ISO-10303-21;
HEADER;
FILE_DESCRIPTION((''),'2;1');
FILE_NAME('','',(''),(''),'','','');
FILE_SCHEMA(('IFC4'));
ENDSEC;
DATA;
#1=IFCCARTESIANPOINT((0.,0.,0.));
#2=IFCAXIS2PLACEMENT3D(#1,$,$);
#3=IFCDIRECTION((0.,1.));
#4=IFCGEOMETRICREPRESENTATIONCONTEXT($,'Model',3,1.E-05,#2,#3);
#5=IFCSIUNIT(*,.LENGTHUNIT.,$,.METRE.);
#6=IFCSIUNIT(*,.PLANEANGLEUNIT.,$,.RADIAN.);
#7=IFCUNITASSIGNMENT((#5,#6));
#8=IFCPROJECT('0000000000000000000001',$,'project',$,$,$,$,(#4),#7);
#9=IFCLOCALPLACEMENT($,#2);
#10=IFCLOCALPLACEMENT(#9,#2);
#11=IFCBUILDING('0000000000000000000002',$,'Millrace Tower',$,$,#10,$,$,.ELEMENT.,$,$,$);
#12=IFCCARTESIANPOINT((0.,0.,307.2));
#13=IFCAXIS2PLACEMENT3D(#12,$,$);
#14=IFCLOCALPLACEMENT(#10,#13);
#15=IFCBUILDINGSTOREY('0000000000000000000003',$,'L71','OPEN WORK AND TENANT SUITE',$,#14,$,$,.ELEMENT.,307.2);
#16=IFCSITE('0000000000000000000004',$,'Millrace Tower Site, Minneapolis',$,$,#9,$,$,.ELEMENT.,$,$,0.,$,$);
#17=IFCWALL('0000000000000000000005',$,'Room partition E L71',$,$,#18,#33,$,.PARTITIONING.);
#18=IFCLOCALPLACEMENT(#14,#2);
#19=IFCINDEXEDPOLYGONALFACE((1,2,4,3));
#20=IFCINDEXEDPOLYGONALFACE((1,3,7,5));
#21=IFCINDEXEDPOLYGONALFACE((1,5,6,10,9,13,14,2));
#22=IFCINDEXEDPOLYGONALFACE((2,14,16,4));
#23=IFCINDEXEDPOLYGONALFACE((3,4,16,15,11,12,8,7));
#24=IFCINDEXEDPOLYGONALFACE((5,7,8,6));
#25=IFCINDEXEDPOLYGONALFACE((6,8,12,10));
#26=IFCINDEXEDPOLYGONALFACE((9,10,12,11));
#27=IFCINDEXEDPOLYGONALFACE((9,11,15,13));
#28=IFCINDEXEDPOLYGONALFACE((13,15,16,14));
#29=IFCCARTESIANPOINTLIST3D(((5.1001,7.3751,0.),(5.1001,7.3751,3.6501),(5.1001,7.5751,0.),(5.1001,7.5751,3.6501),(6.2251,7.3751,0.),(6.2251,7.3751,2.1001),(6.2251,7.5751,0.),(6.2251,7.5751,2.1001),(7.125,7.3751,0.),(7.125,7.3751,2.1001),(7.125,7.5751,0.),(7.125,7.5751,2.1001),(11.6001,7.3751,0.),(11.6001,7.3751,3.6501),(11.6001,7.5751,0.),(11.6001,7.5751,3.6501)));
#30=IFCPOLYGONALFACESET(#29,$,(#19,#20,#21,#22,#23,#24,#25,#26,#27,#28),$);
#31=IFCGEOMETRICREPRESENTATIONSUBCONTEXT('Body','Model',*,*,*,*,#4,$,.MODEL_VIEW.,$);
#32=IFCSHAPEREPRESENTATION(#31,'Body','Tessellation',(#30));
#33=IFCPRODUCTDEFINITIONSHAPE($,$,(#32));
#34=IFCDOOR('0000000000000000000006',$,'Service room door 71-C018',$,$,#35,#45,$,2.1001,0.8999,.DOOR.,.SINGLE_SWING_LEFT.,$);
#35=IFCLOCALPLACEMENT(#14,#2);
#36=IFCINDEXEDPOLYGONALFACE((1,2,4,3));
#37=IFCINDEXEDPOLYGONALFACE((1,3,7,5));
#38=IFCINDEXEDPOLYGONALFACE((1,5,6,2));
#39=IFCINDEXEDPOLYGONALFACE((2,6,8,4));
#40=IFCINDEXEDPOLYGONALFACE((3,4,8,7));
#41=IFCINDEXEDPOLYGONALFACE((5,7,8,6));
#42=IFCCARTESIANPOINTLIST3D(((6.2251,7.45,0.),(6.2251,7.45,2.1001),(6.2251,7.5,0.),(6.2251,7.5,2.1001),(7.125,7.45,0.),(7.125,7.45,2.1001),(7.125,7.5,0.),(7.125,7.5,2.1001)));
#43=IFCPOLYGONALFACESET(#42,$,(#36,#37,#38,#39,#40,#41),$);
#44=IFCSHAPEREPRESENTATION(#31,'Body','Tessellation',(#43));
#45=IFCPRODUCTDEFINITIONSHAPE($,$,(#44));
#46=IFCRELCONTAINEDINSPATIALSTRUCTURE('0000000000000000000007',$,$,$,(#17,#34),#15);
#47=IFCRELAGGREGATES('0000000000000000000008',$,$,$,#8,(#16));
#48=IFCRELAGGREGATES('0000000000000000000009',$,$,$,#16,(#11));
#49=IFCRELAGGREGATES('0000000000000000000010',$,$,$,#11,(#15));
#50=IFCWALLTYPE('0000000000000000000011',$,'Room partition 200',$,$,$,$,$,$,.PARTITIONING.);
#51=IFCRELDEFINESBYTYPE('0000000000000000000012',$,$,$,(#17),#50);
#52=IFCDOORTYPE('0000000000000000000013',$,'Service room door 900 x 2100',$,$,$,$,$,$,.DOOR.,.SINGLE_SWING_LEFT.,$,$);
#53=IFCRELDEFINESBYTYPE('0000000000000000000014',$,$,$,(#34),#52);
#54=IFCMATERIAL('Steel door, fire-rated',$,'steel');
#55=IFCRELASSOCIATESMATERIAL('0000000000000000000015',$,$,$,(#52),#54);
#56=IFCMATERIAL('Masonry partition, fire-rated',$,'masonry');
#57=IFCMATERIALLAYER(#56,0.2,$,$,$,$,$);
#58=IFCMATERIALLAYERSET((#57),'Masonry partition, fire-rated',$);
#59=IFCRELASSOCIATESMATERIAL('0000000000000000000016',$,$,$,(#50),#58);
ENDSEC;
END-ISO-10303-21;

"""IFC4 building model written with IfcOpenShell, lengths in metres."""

from ifc_helpers import new_model, si_unit, direction, frame, frame_2d, origin, place, context, subcontext, project, spatial, rectangle, extrude, material, layer, layer_set, type_object, element, fill, save


model = new_model("IFC4")

# Units and contexts
model_context = context("Model", 3, precision=1e-05, world=origin(), true_north=direction((0.0, 1.0)))
body_context = subcontext(model_context, "Body", "Model", "MODEL_VIEW")
ifc_project = project(units=[si_unit("LENGTHUNIT", "METRE"), si_unit("PLANEANGLEUNIT", "RADIAN")], contexts=[model_context])

# Site, building, storey
site_placement = place(None, origin())
site = spatial("IfcSite", under=ifc_project, at=site_placement, Name="Millrace Tower Site, Minneapolis", CompositionType="ELEMENT", RefElevation=0.0)
building_placement = place(site_placement, origin())
building = spatial("IfcBuilding", under=site, at=building_placement, Name="Millrace Tower", CompositionType="ELEMENT")
storey_placement = place(building_placement, frame((0.0, 0.0, 307.2)))
storey = spatial("IfcBuildingStorey", under=building, at=storey_placement, Name="L71", Description="OPEN WORK AND TENANT SUITE", CompositionType="ELEMENT", Elevation=307.2)

# Shared definitions
ifc_material_1 = material(Name="Steel door, fire-rated", Category="steel")
door_type_1 = type_object("IfcDoorType", Name="Service room door 900 x 2100", OperationType="SINGLE_SWING_LEFT", PredefinedType="DOOR", material=ifc_material_1)

# Wall, opening, door
ifc_material_2 = material(Name="Masonry partition, fire-rated", Category="masonry")
ifc_layer_1 = layer(ifc_material_2, 0.2)
ifc_layer_set_1 = layer_set([ifc_layer_1], Name="Masonry partition, fire-rated")
wall_type_1 = type_object("IfcWallType", Name="Room partition 200", PredefinedType="PARTITIONING", material=ifc_layer_set_1)
wall_1_placement = place(storey_placement, frame((11.6001, 7.4751, 0.0), z_axis=(0.0, 0.0, 1.0), x_axis=(-1.0, 0.0, 0.0)))
wall_1 = element("IfcWall", 1, at=wall_1_placement, inside=storey, type_object=wall_type_1, Name="Room partition E L71", PredefinedType="PARTITIONING", context=body_context, shape_type="SweptSolid", body=[
    extrude(rectangle(XDim=6.5, YDim=0.2, at=frame_2d((3.25, 0.0))), origin(), (0.0, 0.0, 1.0), 3.6501),
])
opening_1_placement = place(wall_1_placement, frame((4.4751, 0.0, 0.0)))
opening_1 = element("IfcOpeningElement", 2, at=opening_1_placement, cuts=wall_1, PredefinedType="OPENING", context=body_context, shape_type="SweptSolid", body=[
    extrude(rectangle(XDim=0.8999, YDim=2.1001, at=frame_2d((0.45, 1.05))), frame((0.0, 0.1099, 0.0), z_axis=(0.0, -1.0, 0.0), x_axis=(1.0, 0.0, 0.0)), (0.0, 0.0, 1.0), 0.22),
])
door_1_placement = place(opening_1_placement, frame((0.8999, 0.0, 0.0), z_axis=(0.0, 0.0, 1.0), x_axis=(-1.0, 0.0, 0.0)))
door_1 = element("IfcDoor", 3, at=door_1_placement, inside=storey, type_object=door_type_1, Name="Service room door 71-C018", OperationType="SINGLE_SWING_LEFT", OverallHeight=2.1001, OverallWidth=0.8999, PredefinedType="DOOR", context=body_context, shape_type="SweptSolid", body=[
    extrude(rectangle(XDim=0.8999, YDim=2.1001, at=frame_2d((0.45, 1.05))), frame((0.0, 0.0249, 0.0), z_axis=(0.0, -1.0, 0.0), x_axis=(1.0, 0.0, 0.0)), (0.0, 0.0, 1.0), 0.05),
])
fill(opening_1, door_1)

save(model, "model.ifc")
